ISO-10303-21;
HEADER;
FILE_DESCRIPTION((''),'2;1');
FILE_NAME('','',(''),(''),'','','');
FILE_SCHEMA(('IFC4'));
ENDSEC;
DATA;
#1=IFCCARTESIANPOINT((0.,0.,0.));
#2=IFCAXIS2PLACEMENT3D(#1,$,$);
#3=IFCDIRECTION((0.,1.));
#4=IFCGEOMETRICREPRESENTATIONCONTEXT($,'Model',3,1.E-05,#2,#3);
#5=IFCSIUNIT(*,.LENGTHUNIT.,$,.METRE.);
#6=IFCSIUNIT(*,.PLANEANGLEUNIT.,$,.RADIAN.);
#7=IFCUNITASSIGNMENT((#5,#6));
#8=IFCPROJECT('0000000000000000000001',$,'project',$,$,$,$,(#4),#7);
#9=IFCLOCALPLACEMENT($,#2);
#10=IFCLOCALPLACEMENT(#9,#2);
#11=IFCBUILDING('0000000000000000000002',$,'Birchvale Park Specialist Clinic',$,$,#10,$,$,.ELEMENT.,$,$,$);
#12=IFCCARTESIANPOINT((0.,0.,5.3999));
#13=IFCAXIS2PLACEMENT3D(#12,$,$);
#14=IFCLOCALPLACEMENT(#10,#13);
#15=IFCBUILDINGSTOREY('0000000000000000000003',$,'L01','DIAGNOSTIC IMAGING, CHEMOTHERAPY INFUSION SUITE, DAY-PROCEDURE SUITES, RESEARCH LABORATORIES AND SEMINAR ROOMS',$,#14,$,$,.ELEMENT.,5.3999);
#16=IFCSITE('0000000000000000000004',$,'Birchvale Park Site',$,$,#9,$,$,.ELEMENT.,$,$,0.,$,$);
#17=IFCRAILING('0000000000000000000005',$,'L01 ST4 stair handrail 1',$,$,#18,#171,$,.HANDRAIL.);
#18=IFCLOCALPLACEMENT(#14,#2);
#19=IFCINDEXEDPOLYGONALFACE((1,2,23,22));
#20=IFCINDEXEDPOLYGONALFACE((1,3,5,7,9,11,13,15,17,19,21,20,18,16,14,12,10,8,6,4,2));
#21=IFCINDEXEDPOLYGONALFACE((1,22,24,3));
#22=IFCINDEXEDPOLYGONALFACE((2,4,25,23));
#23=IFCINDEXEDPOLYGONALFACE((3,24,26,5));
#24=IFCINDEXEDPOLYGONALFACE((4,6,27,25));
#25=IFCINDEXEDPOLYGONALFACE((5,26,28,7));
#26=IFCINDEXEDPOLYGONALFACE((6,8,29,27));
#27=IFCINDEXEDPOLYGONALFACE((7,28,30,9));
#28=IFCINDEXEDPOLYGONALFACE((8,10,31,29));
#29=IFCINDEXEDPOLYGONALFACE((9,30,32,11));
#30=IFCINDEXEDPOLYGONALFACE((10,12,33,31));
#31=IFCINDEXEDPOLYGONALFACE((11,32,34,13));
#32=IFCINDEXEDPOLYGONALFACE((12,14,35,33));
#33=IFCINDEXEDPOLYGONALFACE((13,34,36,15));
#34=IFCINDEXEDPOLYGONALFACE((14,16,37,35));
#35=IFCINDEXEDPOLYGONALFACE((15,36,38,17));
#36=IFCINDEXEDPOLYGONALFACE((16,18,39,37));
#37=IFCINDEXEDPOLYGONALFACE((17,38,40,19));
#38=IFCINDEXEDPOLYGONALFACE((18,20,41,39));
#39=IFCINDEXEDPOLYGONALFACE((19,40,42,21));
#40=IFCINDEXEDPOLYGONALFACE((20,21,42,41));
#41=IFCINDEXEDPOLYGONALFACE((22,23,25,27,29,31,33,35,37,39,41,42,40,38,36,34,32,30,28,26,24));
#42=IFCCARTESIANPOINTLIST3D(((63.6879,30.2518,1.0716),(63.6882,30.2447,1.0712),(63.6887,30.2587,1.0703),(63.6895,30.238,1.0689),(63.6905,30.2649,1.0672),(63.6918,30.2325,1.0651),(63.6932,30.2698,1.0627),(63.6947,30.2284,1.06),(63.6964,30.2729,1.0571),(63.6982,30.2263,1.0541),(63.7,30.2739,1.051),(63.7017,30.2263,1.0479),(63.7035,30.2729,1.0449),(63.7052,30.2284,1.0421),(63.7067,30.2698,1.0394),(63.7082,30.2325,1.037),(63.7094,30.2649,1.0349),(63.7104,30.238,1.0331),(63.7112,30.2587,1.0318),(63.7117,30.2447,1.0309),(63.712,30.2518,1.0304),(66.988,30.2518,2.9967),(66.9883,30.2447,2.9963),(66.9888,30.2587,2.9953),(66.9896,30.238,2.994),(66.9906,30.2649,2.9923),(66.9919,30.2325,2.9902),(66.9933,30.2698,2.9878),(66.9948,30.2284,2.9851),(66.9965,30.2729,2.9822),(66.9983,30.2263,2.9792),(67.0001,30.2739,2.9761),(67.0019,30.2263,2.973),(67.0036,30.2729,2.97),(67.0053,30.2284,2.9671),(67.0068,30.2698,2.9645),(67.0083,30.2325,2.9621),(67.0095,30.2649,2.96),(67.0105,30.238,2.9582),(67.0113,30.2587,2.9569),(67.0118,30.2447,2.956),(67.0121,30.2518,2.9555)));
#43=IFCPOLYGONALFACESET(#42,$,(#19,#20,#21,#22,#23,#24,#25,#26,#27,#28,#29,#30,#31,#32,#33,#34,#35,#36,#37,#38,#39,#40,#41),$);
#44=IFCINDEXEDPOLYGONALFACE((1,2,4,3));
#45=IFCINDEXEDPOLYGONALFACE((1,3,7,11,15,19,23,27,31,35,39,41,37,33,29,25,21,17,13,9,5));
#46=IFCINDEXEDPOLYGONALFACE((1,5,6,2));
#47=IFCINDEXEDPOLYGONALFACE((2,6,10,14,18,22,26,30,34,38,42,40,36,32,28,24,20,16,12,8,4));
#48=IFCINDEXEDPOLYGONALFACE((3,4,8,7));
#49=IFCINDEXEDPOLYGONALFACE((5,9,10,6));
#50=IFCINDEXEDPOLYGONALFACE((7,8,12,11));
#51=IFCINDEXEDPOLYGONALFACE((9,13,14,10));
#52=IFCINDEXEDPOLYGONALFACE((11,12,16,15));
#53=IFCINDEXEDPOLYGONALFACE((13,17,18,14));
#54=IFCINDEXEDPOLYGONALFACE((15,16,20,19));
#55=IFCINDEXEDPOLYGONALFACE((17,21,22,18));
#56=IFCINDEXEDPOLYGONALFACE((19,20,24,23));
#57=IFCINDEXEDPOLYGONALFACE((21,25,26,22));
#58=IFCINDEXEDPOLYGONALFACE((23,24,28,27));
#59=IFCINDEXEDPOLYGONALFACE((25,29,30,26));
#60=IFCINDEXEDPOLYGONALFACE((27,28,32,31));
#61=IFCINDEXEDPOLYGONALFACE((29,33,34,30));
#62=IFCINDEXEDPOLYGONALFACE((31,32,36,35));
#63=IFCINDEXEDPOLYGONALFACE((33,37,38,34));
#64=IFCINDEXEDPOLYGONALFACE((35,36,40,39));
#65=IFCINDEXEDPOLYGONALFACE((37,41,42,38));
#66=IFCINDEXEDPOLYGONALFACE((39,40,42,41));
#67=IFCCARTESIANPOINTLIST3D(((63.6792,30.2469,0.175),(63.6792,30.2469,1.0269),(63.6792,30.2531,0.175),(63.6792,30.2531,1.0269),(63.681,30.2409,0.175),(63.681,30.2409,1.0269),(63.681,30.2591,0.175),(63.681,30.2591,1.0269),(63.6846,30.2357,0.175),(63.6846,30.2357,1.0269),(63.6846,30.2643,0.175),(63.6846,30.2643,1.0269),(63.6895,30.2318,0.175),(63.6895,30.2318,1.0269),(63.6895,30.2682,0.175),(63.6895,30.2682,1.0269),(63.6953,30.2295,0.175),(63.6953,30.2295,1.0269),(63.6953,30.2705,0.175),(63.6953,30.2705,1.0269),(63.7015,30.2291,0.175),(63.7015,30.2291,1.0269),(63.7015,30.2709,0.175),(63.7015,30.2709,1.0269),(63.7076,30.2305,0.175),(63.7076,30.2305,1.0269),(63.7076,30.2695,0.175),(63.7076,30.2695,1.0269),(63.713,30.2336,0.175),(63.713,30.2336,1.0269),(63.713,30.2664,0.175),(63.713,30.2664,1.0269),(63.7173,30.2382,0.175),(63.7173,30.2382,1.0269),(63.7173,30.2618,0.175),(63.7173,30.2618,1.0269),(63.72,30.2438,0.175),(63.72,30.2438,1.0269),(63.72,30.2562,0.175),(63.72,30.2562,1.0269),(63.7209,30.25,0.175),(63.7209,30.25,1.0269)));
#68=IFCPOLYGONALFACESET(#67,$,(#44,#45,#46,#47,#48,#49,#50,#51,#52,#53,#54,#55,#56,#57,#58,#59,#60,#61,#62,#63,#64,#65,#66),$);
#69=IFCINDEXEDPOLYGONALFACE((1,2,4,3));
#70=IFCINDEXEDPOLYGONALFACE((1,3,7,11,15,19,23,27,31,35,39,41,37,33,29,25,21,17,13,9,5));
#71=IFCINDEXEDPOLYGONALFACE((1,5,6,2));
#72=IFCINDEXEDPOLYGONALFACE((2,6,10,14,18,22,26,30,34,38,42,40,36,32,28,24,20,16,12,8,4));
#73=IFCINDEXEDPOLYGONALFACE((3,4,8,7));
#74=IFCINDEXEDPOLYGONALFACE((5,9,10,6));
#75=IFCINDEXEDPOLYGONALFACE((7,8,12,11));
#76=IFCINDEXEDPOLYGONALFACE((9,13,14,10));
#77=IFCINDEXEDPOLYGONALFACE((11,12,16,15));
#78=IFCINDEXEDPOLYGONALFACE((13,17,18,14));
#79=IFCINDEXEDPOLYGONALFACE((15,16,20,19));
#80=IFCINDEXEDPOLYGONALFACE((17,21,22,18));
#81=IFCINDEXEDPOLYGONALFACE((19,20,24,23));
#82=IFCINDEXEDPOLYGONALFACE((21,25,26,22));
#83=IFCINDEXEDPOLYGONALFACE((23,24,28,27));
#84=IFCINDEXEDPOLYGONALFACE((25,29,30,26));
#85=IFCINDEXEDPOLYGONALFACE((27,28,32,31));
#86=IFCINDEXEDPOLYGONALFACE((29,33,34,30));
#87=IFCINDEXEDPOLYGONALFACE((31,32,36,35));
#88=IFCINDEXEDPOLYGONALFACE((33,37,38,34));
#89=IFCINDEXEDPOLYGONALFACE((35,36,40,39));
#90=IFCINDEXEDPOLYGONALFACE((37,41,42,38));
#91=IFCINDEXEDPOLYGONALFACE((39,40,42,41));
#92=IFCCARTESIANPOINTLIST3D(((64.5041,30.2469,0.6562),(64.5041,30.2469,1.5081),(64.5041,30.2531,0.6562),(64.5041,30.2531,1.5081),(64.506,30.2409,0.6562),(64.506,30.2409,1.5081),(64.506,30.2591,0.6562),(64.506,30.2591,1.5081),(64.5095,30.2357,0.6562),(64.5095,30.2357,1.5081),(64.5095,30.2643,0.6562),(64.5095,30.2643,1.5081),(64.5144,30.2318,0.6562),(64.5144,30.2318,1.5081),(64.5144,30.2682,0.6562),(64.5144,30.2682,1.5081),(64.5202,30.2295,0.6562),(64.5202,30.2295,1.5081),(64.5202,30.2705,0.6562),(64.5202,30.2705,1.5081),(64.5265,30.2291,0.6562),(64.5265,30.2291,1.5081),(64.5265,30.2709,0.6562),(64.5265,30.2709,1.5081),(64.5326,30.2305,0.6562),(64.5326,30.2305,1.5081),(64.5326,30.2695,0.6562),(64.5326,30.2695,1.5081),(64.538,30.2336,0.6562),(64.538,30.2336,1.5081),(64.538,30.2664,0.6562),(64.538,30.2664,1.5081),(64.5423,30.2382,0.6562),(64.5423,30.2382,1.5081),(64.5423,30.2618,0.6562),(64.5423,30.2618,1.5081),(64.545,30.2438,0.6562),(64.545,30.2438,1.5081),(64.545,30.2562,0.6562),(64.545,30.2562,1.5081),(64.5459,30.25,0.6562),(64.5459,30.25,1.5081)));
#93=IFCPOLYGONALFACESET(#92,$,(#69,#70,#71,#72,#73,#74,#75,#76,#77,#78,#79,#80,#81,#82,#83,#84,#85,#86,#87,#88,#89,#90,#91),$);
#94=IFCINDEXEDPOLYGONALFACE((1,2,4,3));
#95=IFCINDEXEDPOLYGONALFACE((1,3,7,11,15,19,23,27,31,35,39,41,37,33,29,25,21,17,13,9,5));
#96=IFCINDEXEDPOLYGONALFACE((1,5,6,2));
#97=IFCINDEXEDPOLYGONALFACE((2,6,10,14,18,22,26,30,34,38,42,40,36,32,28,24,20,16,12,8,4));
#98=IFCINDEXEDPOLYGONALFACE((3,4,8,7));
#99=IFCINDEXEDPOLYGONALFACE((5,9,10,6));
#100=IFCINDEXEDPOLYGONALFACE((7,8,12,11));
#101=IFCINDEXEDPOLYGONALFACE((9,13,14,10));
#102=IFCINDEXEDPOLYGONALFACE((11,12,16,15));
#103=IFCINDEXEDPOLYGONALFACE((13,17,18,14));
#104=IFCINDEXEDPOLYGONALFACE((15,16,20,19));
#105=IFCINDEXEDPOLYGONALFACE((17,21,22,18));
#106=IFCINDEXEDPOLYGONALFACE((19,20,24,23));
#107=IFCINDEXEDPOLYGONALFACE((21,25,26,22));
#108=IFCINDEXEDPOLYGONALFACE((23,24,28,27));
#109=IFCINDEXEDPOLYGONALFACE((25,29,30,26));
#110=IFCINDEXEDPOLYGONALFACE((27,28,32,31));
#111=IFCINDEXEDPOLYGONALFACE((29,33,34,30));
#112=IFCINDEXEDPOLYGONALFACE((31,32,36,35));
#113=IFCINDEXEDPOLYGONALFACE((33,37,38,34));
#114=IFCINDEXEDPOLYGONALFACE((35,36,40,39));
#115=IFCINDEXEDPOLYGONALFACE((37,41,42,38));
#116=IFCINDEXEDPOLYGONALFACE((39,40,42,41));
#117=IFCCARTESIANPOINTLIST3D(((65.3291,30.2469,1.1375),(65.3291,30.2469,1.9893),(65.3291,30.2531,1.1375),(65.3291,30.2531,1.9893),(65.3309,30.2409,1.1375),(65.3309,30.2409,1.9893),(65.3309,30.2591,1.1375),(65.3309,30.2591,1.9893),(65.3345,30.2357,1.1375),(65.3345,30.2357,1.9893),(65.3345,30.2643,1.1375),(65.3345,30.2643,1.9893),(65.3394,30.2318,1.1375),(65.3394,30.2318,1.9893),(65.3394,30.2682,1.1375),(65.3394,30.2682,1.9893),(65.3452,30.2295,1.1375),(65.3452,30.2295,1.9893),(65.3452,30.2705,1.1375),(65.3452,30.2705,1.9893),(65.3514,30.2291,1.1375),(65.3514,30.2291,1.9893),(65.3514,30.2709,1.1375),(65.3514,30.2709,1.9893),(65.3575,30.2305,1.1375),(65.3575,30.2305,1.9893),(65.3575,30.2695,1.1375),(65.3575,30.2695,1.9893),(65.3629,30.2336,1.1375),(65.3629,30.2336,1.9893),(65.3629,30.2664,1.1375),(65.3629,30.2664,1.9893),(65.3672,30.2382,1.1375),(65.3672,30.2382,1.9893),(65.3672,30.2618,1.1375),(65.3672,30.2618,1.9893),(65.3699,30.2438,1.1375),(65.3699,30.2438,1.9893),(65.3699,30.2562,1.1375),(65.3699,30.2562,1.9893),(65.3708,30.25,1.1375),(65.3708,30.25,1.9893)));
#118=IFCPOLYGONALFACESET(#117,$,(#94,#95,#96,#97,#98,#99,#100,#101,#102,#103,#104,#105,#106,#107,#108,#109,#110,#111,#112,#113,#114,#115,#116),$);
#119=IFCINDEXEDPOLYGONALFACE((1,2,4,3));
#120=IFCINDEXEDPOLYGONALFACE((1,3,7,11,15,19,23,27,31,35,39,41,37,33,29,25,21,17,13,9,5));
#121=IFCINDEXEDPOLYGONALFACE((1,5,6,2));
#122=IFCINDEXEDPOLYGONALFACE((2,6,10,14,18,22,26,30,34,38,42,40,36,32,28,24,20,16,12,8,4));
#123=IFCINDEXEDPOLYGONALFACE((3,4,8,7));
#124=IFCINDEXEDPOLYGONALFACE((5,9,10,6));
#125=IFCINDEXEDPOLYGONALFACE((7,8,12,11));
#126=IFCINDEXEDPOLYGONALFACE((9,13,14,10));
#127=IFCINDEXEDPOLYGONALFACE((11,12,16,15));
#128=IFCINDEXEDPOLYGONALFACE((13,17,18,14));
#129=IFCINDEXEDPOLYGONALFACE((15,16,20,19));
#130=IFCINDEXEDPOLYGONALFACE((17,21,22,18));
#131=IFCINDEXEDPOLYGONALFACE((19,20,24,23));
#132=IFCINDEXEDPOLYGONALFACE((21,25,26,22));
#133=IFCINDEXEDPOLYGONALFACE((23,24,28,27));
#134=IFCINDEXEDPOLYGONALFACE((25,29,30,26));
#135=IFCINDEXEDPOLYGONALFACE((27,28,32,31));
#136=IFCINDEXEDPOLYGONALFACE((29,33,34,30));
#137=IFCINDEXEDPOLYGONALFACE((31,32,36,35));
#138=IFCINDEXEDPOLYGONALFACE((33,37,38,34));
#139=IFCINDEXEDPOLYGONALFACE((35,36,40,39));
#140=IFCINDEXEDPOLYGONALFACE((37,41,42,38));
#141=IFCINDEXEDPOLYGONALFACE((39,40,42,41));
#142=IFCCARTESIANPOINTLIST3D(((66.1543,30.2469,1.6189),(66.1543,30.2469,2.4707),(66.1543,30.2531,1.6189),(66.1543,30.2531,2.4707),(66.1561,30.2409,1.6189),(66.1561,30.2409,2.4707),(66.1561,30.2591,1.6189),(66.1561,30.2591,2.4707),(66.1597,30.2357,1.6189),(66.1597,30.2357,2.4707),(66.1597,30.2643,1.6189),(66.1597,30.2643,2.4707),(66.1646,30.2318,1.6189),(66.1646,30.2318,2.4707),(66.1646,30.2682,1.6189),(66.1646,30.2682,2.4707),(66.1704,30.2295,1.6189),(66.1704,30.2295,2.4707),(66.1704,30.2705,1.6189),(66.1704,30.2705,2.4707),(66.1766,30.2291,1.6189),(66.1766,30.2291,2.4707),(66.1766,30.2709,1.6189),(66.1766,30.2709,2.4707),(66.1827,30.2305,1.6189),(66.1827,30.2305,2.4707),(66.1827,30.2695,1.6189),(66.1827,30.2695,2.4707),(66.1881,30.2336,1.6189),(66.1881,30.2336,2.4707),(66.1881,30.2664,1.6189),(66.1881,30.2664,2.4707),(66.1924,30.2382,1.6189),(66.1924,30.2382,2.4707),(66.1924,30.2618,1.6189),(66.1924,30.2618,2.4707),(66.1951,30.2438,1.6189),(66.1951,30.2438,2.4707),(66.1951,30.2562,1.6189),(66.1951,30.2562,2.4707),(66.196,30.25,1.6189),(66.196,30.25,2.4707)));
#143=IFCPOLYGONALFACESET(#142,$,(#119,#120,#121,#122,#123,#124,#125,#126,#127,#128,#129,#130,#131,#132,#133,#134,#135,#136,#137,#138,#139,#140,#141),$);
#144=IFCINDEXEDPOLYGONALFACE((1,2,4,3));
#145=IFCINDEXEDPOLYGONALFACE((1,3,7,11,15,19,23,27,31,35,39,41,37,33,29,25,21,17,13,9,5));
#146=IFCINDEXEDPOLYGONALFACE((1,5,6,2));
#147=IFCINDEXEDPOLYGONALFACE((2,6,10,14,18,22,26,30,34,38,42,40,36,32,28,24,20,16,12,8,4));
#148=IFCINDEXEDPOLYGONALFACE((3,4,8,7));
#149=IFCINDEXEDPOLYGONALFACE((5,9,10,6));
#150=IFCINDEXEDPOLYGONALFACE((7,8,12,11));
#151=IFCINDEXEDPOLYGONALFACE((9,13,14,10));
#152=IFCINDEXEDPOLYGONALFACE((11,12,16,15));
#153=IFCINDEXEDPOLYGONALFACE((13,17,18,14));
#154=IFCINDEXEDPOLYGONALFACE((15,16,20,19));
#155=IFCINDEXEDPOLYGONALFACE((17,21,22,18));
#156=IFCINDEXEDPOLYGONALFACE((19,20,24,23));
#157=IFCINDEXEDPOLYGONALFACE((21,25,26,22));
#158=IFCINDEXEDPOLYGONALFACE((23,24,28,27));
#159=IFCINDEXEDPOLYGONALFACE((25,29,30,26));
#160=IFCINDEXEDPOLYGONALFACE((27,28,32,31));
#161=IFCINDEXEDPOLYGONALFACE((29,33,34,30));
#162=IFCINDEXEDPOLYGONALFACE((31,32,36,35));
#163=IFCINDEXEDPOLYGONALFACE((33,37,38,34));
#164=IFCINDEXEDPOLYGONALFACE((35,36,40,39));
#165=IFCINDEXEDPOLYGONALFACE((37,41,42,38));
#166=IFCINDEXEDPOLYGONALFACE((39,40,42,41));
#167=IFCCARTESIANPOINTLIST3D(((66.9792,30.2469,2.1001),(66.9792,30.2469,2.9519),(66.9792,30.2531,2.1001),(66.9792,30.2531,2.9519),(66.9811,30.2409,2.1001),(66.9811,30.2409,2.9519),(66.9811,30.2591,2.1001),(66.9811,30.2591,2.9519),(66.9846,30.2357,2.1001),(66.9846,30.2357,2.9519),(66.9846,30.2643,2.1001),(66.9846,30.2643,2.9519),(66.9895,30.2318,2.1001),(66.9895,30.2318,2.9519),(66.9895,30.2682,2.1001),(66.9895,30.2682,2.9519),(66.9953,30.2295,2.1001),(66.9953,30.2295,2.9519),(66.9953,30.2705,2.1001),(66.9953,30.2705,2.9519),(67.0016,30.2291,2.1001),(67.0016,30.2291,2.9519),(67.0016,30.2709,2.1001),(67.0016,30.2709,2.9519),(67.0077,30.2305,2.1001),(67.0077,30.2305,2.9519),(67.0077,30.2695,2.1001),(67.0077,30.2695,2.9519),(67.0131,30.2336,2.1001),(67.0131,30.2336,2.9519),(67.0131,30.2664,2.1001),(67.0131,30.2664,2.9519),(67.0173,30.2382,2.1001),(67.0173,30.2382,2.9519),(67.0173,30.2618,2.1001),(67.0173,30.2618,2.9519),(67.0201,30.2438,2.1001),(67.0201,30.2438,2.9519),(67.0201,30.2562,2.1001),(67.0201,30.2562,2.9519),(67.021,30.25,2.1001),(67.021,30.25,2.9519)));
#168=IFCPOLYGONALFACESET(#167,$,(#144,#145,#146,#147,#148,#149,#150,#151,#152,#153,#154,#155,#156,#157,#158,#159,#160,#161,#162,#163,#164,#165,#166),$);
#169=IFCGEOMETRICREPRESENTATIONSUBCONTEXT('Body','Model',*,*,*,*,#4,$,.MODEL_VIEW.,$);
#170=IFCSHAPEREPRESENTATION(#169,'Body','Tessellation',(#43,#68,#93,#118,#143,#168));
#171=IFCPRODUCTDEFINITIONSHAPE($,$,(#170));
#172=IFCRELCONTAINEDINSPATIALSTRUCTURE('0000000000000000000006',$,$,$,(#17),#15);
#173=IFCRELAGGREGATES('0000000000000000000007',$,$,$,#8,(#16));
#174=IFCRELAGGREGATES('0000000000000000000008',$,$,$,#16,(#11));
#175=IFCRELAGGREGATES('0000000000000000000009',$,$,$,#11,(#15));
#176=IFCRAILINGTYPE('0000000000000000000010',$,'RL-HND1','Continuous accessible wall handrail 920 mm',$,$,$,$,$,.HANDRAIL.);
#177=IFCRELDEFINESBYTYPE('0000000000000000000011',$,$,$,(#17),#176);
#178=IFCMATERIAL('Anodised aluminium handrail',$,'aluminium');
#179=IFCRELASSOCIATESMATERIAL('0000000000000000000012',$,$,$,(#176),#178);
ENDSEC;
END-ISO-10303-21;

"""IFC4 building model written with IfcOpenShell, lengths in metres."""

from ifc_helpers import new_model, si_unit, direction, frame, origin, origin_2d, place, context, subcontext, project, spatial, circle, extrude, material, type_object, element, save


model = new_model("IFC4")

# Units and contexts
model_context = context("Model", 3, precision=1e-05, world=origin(), true_north=direction((0.0, 1.0)))
body_context = subcontext(model_context, "Body", "Model", "MODEL_VIEW")
ifc_project = project(units=[si_unit("LENGTHUNIT", "METRE"), si_unit("PLANEANGLEUNIT", "RADIAN")], contexts=[model_context])

# Site, building, storey
site_placement = place(None, origin())
site = spatial("IfcSite", under=ifc_project, at=site_placement, Name="Birchvale Park Site", CompositionType="ELEMENT", RefElevation=0.0)
building_placement = place(site_placement, origin())
building = spatial("IfcBuilding", under=site, at=building_placement, Name="Birchvale Park Specialist Clinic", CompositionType="ELEMENT")
storey_placement = place(building_placement, frame((0.0, 0.0, 5.3999)))
storey = spatial("IfcBuildingStorey", under=building, at=storey_placement, Name="L01", Description="DIAGNOSTIC IMAGING, CHEMOTHERAPY INFUSION SUITE, DAY-PROCEDURE SUITES, RESEARCH LABORATORIES AND SEMINAR ROOMS", CompositionType="ELEMENT", Elevation=5.3999)

# Railing
ifc_material_1 = material(Name="Anodised aluminium handrail", Category="aluminium")
railing_type_1 = type_object("IfcRailingType", Name="RL-HND1", Description="Continuous accessible wall handrail 920 mm", PredefinedType="HANDRAIL", material=ifc_material_1)
railing_1_placement = place(storey_placement, frame((63.7, 30.25, 0.175)))
element("IfcRailing", 1, at=railing_1_placement, inside=storey, type_object=railing_type_1, Name="L01 ST4 stair handrail 1", PredefinedType="HANDRAIL", context=body_context, shape_type="SweptSolid", body=[
    extrude(circle(Radius=0.0239, at=origin_2d()), frame((0.0, 0.0, 0.876), z_axis=(0.863777, 0.0, 0.503875), x_axis=(0.0, 1.0, 0.0)), (0.0, 0.0, 1.0), 3.8206),
    extrude(circle(Radius=0.021, at=origin_2d()), origin(), (0.0, 0.0, 1.0), 0.8518),
    extrude(circle(Radius=0.021, at=origin_2d()), frame((0.825, 0.0, 0.4812)), (0.0, 0.0, 1.0), 0.8518),
    extrude(circle(Radius=0.021, at=origin_2d()), frame((1.6499, 0.0, 0.9624)), (0.0, 0.0, 1.0), 0.8518),
    extrude(circle(Radius=0.021, at=origin_2d()), frame((2.4751, 0.0, 1.4438)), (0.0, 0.0, 1.0), 0.8518),
    extrude(circle(Radius=0.021, at=origin_2d()), frame((3.3, 0.0, 1.925)), (0.0, 0.0, 1.0), 0.8518),
])

save(model, "model.ifc")
